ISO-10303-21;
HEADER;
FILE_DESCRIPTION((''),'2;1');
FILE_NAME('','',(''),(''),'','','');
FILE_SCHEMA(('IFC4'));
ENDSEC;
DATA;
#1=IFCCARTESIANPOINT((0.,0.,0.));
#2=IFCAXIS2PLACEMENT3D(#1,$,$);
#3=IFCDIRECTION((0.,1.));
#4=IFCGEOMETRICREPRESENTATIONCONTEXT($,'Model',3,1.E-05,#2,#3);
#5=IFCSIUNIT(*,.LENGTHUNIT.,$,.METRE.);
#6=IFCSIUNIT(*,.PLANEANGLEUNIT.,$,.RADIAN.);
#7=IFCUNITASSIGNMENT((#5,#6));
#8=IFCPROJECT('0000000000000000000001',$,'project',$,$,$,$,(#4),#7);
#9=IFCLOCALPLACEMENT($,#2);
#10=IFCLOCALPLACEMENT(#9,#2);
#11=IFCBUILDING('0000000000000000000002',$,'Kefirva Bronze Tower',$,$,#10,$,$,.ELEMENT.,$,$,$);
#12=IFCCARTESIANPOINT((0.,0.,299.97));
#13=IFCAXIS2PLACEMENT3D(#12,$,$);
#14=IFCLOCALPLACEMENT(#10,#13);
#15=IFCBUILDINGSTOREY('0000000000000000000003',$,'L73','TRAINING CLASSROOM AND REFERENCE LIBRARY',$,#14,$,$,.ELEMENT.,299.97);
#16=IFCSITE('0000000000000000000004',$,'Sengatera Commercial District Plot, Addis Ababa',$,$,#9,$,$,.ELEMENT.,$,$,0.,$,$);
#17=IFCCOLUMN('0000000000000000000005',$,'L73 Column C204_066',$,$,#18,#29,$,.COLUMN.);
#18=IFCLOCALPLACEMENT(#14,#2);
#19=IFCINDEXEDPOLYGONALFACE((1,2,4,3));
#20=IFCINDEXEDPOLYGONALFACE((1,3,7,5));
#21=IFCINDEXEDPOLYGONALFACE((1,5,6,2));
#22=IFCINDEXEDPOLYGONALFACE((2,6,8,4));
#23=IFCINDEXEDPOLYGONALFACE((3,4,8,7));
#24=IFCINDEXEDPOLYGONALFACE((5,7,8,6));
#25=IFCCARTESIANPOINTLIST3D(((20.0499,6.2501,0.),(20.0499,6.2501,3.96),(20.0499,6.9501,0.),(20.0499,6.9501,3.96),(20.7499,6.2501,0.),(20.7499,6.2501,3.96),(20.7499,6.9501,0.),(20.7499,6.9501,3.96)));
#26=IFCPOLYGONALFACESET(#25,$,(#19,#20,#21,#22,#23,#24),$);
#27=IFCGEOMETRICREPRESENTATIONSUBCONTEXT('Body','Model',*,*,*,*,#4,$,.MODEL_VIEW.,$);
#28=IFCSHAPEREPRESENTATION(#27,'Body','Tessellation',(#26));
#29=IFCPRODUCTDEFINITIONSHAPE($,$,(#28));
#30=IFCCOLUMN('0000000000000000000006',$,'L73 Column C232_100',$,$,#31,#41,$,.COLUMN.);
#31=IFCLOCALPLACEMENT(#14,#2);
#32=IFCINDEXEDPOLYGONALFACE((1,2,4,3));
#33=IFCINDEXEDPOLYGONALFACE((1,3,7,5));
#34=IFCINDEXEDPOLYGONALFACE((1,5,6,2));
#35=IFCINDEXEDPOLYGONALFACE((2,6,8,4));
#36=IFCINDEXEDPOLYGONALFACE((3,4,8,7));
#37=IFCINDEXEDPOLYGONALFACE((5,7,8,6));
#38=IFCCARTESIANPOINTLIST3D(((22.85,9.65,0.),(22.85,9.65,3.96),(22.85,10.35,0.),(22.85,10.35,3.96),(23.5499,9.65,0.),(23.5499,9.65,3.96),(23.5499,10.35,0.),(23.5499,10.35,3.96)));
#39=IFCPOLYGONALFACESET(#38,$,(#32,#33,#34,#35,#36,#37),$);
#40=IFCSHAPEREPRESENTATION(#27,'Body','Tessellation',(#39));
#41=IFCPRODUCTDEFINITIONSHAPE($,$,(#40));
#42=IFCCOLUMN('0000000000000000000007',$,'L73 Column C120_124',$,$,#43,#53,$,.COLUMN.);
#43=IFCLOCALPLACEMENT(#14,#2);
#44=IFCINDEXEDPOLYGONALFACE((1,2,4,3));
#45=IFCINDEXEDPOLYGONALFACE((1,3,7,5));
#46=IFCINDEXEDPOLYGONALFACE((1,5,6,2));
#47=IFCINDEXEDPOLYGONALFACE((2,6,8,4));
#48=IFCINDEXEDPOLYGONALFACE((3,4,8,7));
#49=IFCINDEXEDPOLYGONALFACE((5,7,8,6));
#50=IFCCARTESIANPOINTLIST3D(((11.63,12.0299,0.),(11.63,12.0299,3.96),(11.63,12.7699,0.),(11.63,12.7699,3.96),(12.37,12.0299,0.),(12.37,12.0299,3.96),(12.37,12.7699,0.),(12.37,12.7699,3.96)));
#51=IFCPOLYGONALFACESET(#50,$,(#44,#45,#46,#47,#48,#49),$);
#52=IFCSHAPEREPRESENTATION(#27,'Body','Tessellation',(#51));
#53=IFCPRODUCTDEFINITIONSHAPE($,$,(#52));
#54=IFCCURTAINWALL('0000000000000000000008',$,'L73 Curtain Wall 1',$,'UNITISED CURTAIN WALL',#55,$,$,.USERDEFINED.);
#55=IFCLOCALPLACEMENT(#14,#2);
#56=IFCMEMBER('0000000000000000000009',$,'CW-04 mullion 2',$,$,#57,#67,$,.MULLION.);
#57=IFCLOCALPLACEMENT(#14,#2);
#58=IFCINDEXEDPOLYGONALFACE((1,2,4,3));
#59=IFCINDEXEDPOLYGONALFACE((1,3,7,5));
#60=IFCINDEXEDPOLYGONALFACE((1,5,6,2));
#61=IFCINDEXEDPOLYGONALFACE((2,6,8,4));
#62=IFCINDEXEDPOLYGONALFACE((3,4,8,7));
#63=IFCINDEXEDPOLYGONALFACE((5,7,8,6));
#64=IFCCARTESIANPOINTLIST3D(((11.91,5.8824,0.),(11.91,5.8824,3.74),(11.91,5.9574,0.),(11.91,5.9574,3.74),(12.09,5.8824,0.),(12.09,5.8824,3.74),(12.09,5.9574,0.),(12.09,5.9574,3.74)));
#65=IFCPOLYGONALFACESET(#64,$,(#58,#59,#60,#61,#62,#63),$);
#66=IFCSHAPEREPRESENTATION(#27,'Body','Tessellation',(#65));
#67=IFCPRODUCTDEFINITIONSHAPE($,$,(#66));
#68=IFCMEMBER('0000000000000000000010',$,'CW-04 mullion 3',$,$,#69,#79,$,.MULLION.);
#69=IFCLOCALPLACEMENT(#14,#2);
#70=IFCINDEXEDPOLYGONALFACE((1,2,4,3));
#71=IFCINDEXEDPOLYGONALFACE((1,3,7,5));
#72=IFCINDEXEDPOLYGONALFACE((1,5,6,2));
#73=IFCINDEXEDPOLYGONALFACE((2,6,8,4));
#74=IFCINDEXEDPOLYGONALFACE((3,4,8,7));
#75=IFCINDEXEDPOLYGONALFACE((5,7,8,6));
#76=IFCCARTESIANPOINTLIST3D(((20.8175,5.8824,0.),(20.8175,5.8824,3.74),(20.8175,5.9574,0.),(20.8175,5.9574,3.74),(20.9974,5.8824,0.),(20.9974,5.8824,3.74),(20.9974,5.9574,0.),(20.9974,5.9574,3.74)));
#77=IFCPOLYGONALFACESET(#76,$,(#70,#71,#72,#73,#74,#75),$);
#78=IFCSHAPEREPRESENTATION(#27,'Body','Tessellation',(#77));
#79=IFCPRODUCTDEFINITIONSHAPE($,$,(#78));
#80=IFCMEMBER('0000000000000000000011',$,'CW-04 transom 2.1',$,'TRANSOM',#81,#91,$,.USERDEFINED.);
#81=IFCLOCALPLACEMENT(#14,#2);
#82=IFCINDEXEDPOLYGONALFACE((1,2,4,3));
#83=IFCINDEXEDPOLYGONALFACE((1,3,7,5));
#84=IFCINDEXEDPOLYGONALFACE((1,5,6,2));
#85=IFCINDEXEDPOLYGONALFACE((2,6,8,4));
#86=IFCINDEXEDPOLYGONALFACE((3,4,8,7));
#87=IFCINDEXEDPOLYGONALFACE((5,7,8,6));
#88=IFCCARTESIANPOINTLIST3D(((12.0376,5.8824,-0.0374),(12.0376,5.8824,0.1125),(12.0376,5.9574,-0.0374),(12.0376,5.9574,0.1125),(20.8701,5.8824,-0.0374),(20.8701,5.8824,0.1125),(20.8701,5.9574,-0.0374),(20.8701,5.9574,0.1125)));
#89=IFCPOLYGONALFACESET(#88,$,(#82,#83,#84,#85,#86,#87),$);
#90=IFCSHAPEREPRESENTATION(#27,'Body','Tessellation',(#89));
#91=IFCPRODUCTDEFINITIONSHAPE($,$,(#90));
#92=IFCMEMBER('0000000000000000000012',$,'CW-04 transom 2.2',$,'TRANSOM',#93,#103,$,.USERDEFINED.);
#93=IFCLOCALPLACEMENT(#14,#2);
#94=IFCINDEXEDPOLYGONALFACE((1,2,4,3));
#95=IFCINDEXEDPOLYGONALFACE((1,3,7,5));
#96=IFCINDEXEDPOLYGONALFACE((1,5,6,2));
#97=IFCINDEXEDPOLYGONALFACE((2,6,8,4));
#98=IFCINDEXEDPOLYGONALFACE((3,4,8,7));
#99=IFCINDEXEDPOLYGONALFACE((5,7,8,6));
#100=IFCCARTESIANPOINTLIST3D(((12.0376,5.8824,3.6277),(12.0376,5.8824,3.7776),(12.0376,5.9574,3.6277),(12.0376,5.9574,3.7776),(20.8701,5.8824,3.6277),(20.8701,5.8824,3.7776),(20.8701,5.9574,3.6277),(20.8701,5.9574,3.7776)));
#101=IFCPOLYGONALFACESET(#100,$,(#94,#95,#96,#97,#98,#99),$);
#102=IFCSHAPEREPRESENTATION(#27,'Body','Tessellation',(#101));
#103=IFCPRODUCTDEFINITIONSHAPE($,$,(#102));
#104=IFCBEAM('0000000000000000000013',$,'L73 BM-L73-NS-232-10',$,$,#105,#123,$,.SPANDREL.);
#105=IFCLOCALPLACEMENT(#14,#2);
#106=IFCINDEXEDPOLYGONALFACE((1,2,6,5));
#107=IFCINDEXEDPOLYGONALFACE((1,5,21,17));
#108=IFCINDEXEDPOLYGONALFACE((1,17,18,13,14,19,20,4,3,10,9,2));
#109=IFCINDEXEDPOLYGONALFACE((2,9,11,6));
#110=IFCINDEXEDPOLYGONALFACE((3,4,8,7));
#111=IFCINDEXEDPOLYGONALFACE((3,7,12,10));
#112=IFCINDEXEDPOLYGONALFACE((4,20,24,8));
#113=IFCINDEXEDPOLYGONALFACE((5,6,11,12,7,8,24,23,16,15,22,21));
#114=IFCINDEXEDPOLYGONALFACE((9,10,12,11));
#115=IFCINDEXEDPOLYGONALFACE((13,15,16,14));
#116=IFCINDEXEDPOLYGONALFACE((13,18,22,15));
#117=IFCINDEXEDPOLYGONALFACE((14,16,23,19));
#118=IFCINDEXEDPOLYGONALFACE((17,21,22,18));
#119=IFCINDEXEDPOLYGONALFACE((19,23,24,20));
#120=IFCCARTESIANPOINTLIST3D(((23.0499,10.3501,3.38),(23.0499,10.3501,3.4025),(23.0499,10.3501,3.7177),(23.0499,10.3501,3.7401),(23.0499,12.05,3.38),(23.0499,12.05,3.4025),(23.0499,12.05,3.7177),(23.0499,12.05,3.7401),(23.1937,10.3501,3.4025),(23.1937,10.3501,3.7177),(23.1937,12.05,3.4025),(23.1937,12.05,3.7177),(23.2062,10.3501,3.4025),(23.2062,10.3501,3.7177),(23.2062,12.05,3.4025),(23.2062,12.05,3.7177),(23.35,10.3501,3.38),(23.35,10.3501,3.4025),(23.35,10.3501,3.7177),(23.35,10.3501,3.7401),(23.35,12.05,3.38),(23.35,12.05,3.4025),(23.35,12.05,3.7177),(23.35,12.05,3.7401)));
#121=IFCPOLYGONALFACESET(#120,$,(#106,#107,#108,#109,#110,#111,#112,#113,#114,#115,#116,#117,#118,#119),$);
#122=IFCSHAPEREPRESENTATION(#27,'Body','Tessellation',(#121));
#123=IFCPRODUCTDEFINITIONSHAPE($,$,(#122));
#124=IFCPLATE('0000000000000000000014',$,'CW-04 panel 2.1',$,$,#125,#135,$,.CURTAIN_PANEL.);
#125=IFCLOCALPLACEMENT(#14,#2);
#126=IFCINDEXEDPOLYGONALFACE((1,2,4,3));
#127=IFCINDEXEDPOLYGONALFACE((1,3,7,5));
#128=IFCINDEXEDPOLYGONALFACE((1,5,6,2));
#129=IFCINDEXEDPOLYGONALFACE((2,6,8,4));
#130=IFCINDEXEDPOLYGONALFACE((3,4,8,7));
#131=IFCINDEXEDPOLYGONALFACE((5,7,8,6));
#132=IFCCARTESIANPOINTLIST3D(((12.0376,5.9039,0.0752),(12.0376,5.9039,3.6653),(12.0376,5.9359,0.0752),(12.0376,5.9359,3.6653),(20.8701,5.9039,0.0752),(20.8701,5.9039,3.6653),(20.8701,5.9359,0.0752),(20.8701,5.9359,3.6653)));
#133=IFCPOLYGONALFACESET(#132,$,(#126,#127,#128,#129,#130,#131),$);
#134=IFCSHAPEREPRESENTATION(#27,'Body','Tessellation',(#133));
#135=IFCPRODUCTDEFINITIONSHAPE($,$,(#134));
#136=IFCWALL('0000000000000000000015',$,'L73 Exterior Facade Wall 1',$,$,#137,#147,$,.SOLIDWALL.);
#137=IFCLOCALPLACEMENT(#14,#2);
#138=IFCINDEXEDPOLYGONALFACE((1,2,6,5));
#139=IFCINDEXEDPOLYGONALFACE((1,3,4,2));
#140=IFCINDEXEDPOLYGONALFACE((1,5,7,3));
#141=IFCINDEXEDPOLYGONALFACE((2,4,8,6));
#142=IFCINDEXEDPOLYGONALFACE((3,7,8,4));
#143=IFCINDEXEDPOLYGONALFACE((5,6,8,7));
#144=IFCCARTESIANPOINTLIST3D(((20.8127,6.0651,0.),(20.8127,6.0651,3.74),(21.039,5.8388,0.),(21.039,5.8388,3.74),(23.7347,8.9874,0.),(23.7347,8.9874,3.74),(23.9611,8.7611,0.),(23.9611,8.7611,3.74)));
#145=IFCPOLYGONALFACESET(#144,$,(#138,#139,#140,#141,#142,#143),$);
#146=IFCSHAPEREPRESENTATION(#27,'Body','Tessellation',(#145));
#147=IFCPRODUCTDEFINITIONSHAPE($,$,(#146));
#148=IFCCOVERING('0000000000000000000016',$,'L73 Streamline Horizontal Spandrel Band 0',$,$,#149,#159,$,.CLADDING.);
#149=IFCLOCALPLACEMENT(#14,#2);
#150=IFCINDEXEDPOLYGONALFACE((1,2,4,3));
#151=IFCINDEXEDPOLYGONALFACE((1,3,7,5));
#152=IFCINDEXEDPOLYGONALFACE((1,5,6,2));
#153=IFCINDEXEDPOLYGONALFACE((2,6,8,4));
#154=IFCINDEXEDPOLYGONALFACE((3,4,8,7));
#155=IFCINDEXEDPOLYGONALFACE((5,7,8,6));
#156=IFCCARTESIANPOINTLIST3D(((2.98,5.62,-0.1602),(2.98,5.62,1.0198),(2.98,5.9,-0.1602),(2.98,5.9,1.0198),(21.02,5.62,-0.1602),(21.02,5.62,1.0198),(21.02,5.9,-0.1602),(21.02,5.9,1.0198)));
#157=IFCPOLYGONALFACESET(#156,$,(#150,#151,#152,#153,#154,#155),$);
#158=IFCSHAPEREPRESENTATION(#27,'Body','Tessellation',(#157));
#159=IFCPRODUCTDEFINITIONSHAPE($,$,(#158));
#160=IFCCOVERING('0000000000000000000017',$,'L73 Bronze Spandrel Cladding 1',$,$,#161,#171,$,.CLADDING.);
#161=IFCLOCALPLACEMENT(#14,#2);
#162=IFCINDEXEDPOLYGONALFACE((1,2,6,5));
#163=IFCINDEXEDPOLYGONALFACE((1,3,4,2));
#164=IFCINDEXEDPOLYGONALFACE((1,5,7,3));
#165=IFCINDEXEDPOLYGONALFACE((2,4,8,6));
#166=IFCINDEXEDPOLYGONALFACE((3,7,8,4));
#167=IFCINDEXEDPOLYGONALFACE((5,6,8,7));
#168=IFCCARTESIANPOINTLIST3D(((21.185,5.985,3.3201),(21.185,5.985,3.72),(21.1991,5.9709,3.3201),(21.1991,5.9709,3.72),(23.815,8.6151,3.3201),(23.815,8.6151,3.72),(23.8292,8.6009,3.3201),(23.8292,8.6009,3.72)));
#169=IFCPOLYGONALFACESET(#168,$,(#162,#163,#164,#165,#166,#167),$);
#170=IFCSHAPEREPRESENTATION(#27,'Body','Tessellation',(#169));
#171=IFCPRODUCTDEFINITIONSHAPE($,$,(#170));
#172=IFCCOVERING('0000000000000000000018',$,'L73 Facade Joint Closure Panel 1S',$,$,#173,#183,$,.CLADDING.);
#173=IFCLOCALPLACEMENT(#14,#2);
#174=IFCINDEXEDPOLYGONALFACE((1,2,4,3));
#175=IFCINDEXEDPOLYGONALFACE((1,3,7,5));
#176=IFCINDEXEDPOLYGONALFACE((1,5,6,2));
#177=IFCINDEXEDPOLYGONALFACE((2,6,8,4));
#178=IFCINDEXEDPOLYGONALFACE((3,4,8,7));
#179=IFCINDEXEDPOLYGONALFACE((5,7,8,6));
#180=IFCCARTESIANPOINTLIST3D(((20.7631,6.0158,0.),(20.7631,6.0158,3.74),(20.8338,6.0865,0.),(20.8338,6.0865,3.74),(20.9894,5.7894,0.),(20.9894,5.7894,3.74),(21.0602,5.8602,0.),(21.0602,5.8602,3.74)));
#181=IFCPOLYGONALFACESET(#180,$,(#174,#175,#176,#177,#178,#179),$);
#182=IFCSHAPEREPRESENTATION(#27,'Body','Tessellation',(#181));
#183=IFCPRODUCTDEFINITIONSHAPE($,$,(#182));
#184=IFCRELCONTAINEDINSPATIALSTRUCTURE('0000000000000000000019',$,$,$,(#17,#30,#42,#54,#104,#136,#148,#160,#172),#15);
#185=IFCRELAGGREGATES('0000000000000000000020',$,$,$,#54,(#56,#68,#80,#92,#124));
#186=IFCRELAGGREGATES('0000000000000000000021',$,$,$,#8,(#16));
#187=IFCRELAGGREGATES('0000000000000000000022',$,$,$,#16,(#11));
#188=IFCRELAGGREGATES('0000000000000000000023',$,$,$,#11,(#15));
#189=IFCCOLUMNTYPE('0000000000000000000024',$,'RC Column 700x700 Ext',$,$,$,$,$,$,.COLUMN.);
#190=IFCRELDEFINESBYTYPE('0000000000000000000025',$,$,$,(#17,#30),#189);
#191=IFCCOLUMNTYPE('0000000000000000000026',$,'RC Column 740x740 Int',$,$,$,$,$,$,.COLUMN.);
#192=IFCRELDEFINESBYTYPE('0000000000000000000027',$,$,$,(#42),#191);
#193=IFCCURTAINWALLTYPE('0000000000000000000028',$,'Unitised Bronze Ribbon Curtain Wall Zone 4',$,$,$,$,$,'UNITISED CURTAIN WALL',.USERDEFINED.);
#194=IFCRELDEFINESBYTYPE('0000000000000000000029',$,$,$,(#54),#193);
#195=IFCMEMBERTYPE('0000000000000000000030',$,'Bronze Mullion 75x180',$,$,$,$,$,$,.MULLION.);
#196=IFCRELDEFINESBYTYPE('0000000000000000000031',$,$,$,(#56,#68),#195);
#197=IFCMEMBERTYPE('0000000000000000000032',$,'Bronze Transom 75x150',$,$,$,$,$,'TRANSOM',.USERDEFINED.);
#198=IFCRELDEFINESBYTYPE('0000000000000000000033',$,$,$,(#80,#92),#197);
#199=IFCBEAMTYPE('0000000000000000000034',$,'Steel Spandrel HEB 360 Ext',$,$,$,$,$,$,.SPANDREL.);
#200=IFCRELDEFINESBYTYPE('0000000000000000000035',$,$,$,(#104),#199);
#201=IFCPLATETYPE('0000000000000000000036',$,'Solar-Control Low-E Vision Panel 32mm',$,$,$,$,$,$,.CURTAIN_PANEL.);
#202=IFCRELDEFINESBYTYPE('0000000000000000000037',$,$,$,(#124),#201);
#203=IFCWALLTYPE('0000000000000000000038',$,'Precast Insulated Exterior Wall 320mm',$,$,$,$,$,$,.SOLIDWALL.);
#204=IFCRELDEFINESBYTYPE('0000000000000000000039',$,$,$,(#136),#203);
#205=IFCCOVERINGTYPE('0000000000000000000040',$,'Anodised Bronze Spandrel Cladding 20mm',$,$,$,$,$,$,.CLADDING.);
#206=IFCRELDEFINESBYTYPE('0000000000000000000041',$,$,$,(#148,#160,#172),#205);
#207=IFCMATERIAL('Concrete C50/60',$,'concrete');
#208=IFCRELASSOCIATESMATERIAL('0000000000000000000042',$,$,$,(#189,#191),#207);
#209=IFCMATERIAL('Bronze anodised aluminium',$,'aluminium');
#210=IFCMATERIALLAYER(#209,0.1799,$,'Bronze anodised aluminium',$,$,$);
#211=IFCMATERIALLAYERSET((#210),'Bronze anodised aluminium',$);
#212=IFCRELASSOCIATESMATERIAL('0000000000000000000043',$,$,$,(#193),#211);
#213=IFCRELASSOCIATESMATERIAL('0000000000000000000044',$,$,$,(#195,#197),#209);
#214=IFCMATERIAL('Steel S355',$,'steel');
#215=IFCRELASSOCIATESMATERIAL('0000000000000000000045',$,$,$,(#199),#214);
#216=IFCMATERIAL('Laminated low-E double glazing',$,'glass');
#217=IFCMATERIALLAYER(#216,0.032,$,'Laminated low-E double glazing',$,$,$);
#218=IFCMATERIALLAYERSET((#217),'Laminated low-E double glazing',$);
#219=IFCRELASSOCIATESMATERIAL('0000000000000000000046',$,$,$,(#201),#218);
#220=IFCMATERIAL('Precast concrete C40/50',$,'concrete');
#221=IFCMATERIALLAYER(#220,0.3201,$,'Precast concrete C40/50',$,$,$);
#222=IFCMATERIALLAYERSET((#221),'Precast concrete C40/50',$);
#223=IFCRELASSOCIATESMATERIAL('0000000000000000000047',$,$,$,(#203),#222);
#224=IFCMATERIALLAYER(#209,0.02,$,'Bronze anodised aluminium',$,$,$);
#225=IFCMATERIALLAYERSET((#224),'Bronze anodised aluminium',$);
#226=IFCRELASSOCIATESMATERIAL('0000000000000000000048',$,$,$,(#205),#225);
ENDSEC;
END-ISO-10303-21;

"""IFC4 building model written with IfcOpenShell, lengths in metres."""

from ifc_helpers import new_model, si_unit, direction, frame, frame_2d, origin, origin_2d, place, context, subcontext, project, spatial, rectangle, i_section, extrude, material, layer, layer_set, material_profile, profile_set, type_object, element, aggregate, save


model = new_model("IFC4")

# Units and contexts
model_context = context("Model", 3, precision=1e-05, world=origin(), true_north=direction((0.0, 1.0)))
body_context = subcontext(model_context, "Body", "Model", "MODEL_VIEW")
ifc_project = project(units=[si_unit("LENGTHUNIT", "METRE"), si_unit("PLANEANGLEUNIT", "RADIAN")], contexts=[model_context])

# Site, building, storey
site_placement = place(None, origin())
site = spatial("IfcSite", under=ifc_project, at=site_placement, Name="Sengatera Commercial District Plot, Addis Ababa", CompositionType="ELEMENT", RefElevation=0.0)
building_placement = place(site_placement, origin())
building = spatial("IfcBuilding", under=site, at=building_placement, Name="Kefirva Bronze Tower", CompositionType="ELEMENT")
storey_placement = place(building_placement, frame((0.0, 0.0, 299.97)))
storey = spatial("IfcBuildingStorey", under=building, at=storey_placement, Name="L73", Description="TRAINING CLASSROOM AND REFERENCE LIBRARY", CompositionType="ELEMENT", Elevation=299.97)

# Columns
ifc_material_1 = material(Name="Concrete C50/60", Category="concrete")
ifc_material_profile_1 = material_profile(ifc_material_1, rectangle(XDim=0.7, YDim=0.7, at=origin_2d()), Name="RC 700x700")
ifc_profile_set_1 = profile_set([ifc_material_profile_1], Name="Concrete C50/60")
column_type_1 = type_object("IfcColumnType", Name="RC Column 700x700 Ext", PredefinedType="COLUMN", material=ifc_profile_set_1)
for number, where, z_axis, x_axis, name in (
    (1, (20.3999, 6.6001, 0.0), (0.0, 0.0, 1.0), (1.0, 0.0, 0.0), "L73 Column C204_066"),
    (2, (23.2, 10.0, 0.0), (0.0, 0.0, 1.0), (1.0, 0.0, 0.0), "L73 Column C232_100"),
):
    element("IfcColumn", number, at=place(storey_placement, frame(where, z_axis=z_axis, x_axis=x_axis)), inside=storey, type_object=column_type_1, Name=name, PredefinedType="COLUMN", context=body_context, shape_type="SweptSolid", body=[
        extrude(rectangle(XDim=0.7, YDim=0.7, at=origin_2d()), origin(), (0.0, 0.0, 1.0), 3.96),
    ])
ifc_material_profile_2 = material_profile(ifc_material_1, rectangle(XDim=0.74, YDim=0.74, at=origin_2d()), Name="RC 740x740")
ifc_profile_set_2 = profile_set([ifc_material_profile_2], Name="Concrete C50/60")
column_type_2 = type_object("IfcColumnType", Name="RC Column 740x740 Int", PredefinedType="COLUMN", material=ifc_profile_set_2)
column_placement = place(storey_placement, frame((12.0, 12.3999, 0.0), z_axis=(0.0, 0.0, 1.0), x_axis=(1.0, 0.0, 0.0)))
element("IfcColumn", 3, at=column_placement, inside=storey, type_object=column_type_2, Name="L73 Column C120_124", PredefinedType="COLUMN", context=body_context, shape_type="SweptSolid", body=[
    extrude(rectangle(XDim=0.74, YDim=0.74, at=origin_2d()), origin(), (0.0, 0.0, 1.0), 3.96),
])

# Curtain wall, members
ifc_material_2 = material(Name="Bronze anodised aluminium", Category="aluminium")
ifc_layer_1 = layer(ifc_material_2, 0.1799, Name="Bronze anodised aluminium")
ifc_layer_set_1 = layer_set([ifc_layer_1], Name="Bronze anodised aluminium")
curtain_wall_type = type_object("IfcCurtainWallType", Name="Unitised Bronze Ribbon Curtain Wall Zone 4", ElementType="UNITISED CURTAIN WALL", PredefinedType="USERDEFINED", material=ifc_layer_set_1)
curtain_wall_placement = place(storey_placement, origin())
curtain_wall = element("IfcCurtainWall", 4, at=curtain_wall_placement, inside=storey, type_object=curtain_wall_type, Name="L73 Curtain Wall 1", ObjectType="UNITISED CURTAIN WALL", PredefinedType="USERDEFINED")
ifc_material_profile_3 = material_profile(ifc_material_2, rectangle(XDim=0.075, YDim=0.1799, at=origin_2d()), Name="ALU 75x180")
ifc_profile_set_3 = profile_set([ifc_material_profile_3], Name="Bronze anodised aluminium")
member_type_1 = type_object("IfcMemberType", Name="Bronze Mullion 75x180", PredefinedType="MULLION", material=ifc_profile_set_3)
member_1_placement = place(storey_placement, frame((12.0, 5.9199, 0.0), z_axis=(0.0, 0.0, 1.0), x_axis=(0.0, 1.0, 0.0)))
member_1 = element("IfcMember", 5, at=member_1_placement, type_object=member_type_1, Name="CW-04 mullion 2", PredefinedType="MULLION", context=body_context, shape_type="SweptSolid", body=[
    extrude(rectangle(XDim=0.075, YDim=0.1799, at=origin_2d()), origin(), (0.0, 0.0, 1.0), 3.74),
])
member_2_placement = place(storey_placement, frame((20.9075, 5.9199, 0.0), z_axis=(0.0, 0.0, 1.0), x_axis=(0.0, 1.0, 0.0)))
member_2 = element("IfcMember", 6, at=member_2_placement, type_object=member_type_1, Name="CW-04 mullion 3", PredefinedType="MULLION", context=body_context, shape_type="SweptSolid", body=[
    extrude(rectangle(XDim=0.075, YDim=0.1799, at=origin_2d()), origin(), (0.0, 0.0, 1.0), 3.74),
])
ifc_material_profile_4 = material_profile(ifc_material_2, rectangle(XDim=0.075, YDim=0.1499, at=origin_2d()), Name="ALU 75x150")
ifc_profile_set_4 = profile_set([ifc_material_profile_4], Name="Bronze anodised aluminium")
member_type_2 = type_object("IfcMemberType", Name="Bronze Transom 75x150", ElementType="TRANSOM", PredefinedType="USERDEFINED", material=ifc_profile_set_4)
member_3_placement = place(storey_placement, frame((12.0376, 5.9199, 0.0376), z_axis=(1.0, 0.0, 0.0), x_axis=(0.0, 1.0, 0.0)))
member_3 = element("IfcMember", 7, at=member_3_placement, type_object=member_type_2, Name="CW-04 transom 2.1", ObjectType="TRANSOM", PredefinedType="USERDEFINED", context=body_context, shape_type="SweptSolid", body=[
    extrude(rectangle(XDim=0.075, YDim=0.1499, at=origin_2d()), origin(), (0.0, 0.0, 1.0), 8.8325),
])
member_4_placement = place(storey_placement, frame((12.0376, 5.9199, 3.7026), z_axis=(1.0, 0.0, 0.0), x_axis=(0.0, 1.0, 0.0)))
member_4 = element("IfcMember", 8, at=member_4_placement, type_object=member_type_2, Name="CW-04 transom 2.2", ObjectType="TRANSOM", PredefinedType="USERDEFINED", context=body_context, shape_type="SweptSolid", body=[
    extrude(rectangle(XDim=0.075, YDim=0.1499, at=origin_2d()), origin(), (0.0, 0.0, 1.0), 8.8325),
])

# Beam
ifc_material_3 = material(Name="Steel S355", Category="steel")
ifc_material_profile_5 = material_profile(ifc_material_3, i_section(OverallWidth=0.3, OverallDepth=0.3601, WebThickness=0.0125, FlangeThickness=0.0225, at=origin_2d()), Name="HEB 360")
ifc_profile_set_5 = profile_set([ifc_material_profile_5], Name="Steel S355")
beam_type = type_object("IfcBeamType", Name="Steel Spandrel HEB 360 Ext", PredefinedType="SPANDREL", material=ifc_profile_set_5)
beam_placement = place(storey_placement, frame((23.2, 10.3501, 3.5601), z_axis=(0.0, 1.0, 0.0), x_axis=(-1.0, 0.0, 0.0)))
element("IfcBeam", 9, at=beam_placement, inside=storey, type_object=beam_type, Name="L73 BM-L73-NS-232-10", PredefinedType="SPANDREL", context=body_context, shape_type="SweptSolid", body=[
    extrude(i_section(OverallWidth=0.3, OverallDepth=0.3601, WebThickness=0.0125, FlangeThickness=0.0225, at=origin_2d()), origin(), (0.0, 0.0, 1.0), 1.7),
])

# Plate
ifc_material_4 = material(Name="Laminated low-E double glazing", Category="glass")
ifc_layer_2 = layer(ifc_material_4, 0.032, Name="Laminated low-E double glazing")
ifc_layer_set_2 = layer_set([ifc_layer_2], Name="Laminated low-E double glazing")
plate_type = type_object("IfcPlateType", Name="Solar-Control Low-E Vision Panel 32mm", PredefinedType="CURTAIN_PANEL", material=ifc_layer_set_2)
plate_placement = place(storey_placement, frame((16.4539, 5.9199, 0.0752), z_axis=(0.0, 0.0, 1.0), x_axis=(1.0, 0.0, 0.0)))
plate = element("IfcPlate", 10, at=plate_placement, type_object=plate_type, Name="CW-04 panel 2.1", PredefinedType="CURTAIN_PANEL", context=body_context, shape_type="SweptSolid", body=[
    extrude(rectangle(XDim=8.8325, YDim=0.032, at=origin_2d()), origin(), (0.0, 0.0, 1.0), 3.5901),
])
aggregate(curtain_wall, [member_1, member_2, member_3, member_4, plate])

# Wall
ifc_material_5 = material(Name="Precast concrete C40/50", Category="concrete")
ifc_layer_3 = layer(ifc_material_5, 0.3201, Name="Precast concrete C40/50")
ifc_layer_set_3 = layer_set([ifc_layer_3], Name="Precast concrete C40/50")
wall_type = type_object("IfcWallType", Name="Precast Insulated Exterior Wall 320mm", PredefinedType="SOLIDWALL", material=ifc_layer_set_3)
wall_placement = place(storey_placement, frame((20.9258, 5.9519, 0.0), z_axis=(0.0, 0.0, 1.0), x_axis=(0.707077, 0.707136, 0.0)))
element("IfcWall", 11, at=wall_placement, inside=storey, type_object=wall_type, Name="L73 Exterior Facade Wall 1", PredefinedType="SOLIDWALL", context=body_context, shape_type="SweptSolid", body=[
    extrude(rectangle(XDim=4.1326, YDim=0.3201, at=frame_2d((2.0664, 0.0))), origin(), (0.0, 0.0, 1.0), 3.74),
])

# Coverings
ifc_layer_4 = layer(ifc_material_2, 0.02, Name="Bronze anodised aluminium")
ifc_layer_set_4 = layer_set([ifc_layer_4], Name="Bronze anodised aluminium")
covering_type_1 = type_object("IfcCoveringType", Name="Anodised Bronze Spandrel Cladding 20mm", PredefinedType="CLADDING", material=ifc_layer_set_4)
covering_1_placement = place(storey_placement, frame((12.0, 5.76, -0.1602), z_axis=(0.0, 0.0, 1.0), x_axis=(1.0, 0.0, 0.0)))
element("IfcCovering", 12, at=covering_1_placement, inside=storey, type_object=covering_type_1, Name="L73 Streamline Horizontal Spandrel Band 0", PredefinedType="CLADDING", context=body_context, shape_type="SweptSolid", body=[
    extrude(rectangle(XDim=18.04, YDim=0.28, at=origin_2d()), origin(), (0.0, 0.0, 1.0), 1.1799),
])
covering_2_placement = place(storey_placement, frame((22.5071, 7.293, 3.3201), z_axis=(0.0, 0.0, 1.0), x_axis=(0.707107, 0.707107, 0.0)))
element("IfcCovering", 13, at=covering_2_placement, inside=storey, type_object=covering_type_1, Name="L73 Bronze Spandrel Cladding 1", PredefinedType="CLADDING", context=body_context, shape_type="SweptSolid", body=[
    extrude(rectangle(XDim=3.7195, YDim=0.02, at=origin_2d()), origin(), (0.0, 0.0, 1.0), 0.3999),
])
covering_3_placement = place(storey_placement, frame((20.9116, 5.938, 0.0), z_axis=(0.0, 0.0, 1.0), x_axis=(0.707107, 0.707107, 0.0)))
element("IfcCovering", 14, at=covering_3_placement, inside=storey, type_object=covering_type_1, Name="L73 Facade Joint Closure Panel 1S", PredefinedType="CLADDING", context=body_context, shape_type="SweptSolid", body=[
    extrude(rectangle(XDim=0.1001, YDim=0.3201, at=origin_2d()), origin(), (0.0, 0.0, 1.0), 3.74),
])

save(model, "model.ifc")
